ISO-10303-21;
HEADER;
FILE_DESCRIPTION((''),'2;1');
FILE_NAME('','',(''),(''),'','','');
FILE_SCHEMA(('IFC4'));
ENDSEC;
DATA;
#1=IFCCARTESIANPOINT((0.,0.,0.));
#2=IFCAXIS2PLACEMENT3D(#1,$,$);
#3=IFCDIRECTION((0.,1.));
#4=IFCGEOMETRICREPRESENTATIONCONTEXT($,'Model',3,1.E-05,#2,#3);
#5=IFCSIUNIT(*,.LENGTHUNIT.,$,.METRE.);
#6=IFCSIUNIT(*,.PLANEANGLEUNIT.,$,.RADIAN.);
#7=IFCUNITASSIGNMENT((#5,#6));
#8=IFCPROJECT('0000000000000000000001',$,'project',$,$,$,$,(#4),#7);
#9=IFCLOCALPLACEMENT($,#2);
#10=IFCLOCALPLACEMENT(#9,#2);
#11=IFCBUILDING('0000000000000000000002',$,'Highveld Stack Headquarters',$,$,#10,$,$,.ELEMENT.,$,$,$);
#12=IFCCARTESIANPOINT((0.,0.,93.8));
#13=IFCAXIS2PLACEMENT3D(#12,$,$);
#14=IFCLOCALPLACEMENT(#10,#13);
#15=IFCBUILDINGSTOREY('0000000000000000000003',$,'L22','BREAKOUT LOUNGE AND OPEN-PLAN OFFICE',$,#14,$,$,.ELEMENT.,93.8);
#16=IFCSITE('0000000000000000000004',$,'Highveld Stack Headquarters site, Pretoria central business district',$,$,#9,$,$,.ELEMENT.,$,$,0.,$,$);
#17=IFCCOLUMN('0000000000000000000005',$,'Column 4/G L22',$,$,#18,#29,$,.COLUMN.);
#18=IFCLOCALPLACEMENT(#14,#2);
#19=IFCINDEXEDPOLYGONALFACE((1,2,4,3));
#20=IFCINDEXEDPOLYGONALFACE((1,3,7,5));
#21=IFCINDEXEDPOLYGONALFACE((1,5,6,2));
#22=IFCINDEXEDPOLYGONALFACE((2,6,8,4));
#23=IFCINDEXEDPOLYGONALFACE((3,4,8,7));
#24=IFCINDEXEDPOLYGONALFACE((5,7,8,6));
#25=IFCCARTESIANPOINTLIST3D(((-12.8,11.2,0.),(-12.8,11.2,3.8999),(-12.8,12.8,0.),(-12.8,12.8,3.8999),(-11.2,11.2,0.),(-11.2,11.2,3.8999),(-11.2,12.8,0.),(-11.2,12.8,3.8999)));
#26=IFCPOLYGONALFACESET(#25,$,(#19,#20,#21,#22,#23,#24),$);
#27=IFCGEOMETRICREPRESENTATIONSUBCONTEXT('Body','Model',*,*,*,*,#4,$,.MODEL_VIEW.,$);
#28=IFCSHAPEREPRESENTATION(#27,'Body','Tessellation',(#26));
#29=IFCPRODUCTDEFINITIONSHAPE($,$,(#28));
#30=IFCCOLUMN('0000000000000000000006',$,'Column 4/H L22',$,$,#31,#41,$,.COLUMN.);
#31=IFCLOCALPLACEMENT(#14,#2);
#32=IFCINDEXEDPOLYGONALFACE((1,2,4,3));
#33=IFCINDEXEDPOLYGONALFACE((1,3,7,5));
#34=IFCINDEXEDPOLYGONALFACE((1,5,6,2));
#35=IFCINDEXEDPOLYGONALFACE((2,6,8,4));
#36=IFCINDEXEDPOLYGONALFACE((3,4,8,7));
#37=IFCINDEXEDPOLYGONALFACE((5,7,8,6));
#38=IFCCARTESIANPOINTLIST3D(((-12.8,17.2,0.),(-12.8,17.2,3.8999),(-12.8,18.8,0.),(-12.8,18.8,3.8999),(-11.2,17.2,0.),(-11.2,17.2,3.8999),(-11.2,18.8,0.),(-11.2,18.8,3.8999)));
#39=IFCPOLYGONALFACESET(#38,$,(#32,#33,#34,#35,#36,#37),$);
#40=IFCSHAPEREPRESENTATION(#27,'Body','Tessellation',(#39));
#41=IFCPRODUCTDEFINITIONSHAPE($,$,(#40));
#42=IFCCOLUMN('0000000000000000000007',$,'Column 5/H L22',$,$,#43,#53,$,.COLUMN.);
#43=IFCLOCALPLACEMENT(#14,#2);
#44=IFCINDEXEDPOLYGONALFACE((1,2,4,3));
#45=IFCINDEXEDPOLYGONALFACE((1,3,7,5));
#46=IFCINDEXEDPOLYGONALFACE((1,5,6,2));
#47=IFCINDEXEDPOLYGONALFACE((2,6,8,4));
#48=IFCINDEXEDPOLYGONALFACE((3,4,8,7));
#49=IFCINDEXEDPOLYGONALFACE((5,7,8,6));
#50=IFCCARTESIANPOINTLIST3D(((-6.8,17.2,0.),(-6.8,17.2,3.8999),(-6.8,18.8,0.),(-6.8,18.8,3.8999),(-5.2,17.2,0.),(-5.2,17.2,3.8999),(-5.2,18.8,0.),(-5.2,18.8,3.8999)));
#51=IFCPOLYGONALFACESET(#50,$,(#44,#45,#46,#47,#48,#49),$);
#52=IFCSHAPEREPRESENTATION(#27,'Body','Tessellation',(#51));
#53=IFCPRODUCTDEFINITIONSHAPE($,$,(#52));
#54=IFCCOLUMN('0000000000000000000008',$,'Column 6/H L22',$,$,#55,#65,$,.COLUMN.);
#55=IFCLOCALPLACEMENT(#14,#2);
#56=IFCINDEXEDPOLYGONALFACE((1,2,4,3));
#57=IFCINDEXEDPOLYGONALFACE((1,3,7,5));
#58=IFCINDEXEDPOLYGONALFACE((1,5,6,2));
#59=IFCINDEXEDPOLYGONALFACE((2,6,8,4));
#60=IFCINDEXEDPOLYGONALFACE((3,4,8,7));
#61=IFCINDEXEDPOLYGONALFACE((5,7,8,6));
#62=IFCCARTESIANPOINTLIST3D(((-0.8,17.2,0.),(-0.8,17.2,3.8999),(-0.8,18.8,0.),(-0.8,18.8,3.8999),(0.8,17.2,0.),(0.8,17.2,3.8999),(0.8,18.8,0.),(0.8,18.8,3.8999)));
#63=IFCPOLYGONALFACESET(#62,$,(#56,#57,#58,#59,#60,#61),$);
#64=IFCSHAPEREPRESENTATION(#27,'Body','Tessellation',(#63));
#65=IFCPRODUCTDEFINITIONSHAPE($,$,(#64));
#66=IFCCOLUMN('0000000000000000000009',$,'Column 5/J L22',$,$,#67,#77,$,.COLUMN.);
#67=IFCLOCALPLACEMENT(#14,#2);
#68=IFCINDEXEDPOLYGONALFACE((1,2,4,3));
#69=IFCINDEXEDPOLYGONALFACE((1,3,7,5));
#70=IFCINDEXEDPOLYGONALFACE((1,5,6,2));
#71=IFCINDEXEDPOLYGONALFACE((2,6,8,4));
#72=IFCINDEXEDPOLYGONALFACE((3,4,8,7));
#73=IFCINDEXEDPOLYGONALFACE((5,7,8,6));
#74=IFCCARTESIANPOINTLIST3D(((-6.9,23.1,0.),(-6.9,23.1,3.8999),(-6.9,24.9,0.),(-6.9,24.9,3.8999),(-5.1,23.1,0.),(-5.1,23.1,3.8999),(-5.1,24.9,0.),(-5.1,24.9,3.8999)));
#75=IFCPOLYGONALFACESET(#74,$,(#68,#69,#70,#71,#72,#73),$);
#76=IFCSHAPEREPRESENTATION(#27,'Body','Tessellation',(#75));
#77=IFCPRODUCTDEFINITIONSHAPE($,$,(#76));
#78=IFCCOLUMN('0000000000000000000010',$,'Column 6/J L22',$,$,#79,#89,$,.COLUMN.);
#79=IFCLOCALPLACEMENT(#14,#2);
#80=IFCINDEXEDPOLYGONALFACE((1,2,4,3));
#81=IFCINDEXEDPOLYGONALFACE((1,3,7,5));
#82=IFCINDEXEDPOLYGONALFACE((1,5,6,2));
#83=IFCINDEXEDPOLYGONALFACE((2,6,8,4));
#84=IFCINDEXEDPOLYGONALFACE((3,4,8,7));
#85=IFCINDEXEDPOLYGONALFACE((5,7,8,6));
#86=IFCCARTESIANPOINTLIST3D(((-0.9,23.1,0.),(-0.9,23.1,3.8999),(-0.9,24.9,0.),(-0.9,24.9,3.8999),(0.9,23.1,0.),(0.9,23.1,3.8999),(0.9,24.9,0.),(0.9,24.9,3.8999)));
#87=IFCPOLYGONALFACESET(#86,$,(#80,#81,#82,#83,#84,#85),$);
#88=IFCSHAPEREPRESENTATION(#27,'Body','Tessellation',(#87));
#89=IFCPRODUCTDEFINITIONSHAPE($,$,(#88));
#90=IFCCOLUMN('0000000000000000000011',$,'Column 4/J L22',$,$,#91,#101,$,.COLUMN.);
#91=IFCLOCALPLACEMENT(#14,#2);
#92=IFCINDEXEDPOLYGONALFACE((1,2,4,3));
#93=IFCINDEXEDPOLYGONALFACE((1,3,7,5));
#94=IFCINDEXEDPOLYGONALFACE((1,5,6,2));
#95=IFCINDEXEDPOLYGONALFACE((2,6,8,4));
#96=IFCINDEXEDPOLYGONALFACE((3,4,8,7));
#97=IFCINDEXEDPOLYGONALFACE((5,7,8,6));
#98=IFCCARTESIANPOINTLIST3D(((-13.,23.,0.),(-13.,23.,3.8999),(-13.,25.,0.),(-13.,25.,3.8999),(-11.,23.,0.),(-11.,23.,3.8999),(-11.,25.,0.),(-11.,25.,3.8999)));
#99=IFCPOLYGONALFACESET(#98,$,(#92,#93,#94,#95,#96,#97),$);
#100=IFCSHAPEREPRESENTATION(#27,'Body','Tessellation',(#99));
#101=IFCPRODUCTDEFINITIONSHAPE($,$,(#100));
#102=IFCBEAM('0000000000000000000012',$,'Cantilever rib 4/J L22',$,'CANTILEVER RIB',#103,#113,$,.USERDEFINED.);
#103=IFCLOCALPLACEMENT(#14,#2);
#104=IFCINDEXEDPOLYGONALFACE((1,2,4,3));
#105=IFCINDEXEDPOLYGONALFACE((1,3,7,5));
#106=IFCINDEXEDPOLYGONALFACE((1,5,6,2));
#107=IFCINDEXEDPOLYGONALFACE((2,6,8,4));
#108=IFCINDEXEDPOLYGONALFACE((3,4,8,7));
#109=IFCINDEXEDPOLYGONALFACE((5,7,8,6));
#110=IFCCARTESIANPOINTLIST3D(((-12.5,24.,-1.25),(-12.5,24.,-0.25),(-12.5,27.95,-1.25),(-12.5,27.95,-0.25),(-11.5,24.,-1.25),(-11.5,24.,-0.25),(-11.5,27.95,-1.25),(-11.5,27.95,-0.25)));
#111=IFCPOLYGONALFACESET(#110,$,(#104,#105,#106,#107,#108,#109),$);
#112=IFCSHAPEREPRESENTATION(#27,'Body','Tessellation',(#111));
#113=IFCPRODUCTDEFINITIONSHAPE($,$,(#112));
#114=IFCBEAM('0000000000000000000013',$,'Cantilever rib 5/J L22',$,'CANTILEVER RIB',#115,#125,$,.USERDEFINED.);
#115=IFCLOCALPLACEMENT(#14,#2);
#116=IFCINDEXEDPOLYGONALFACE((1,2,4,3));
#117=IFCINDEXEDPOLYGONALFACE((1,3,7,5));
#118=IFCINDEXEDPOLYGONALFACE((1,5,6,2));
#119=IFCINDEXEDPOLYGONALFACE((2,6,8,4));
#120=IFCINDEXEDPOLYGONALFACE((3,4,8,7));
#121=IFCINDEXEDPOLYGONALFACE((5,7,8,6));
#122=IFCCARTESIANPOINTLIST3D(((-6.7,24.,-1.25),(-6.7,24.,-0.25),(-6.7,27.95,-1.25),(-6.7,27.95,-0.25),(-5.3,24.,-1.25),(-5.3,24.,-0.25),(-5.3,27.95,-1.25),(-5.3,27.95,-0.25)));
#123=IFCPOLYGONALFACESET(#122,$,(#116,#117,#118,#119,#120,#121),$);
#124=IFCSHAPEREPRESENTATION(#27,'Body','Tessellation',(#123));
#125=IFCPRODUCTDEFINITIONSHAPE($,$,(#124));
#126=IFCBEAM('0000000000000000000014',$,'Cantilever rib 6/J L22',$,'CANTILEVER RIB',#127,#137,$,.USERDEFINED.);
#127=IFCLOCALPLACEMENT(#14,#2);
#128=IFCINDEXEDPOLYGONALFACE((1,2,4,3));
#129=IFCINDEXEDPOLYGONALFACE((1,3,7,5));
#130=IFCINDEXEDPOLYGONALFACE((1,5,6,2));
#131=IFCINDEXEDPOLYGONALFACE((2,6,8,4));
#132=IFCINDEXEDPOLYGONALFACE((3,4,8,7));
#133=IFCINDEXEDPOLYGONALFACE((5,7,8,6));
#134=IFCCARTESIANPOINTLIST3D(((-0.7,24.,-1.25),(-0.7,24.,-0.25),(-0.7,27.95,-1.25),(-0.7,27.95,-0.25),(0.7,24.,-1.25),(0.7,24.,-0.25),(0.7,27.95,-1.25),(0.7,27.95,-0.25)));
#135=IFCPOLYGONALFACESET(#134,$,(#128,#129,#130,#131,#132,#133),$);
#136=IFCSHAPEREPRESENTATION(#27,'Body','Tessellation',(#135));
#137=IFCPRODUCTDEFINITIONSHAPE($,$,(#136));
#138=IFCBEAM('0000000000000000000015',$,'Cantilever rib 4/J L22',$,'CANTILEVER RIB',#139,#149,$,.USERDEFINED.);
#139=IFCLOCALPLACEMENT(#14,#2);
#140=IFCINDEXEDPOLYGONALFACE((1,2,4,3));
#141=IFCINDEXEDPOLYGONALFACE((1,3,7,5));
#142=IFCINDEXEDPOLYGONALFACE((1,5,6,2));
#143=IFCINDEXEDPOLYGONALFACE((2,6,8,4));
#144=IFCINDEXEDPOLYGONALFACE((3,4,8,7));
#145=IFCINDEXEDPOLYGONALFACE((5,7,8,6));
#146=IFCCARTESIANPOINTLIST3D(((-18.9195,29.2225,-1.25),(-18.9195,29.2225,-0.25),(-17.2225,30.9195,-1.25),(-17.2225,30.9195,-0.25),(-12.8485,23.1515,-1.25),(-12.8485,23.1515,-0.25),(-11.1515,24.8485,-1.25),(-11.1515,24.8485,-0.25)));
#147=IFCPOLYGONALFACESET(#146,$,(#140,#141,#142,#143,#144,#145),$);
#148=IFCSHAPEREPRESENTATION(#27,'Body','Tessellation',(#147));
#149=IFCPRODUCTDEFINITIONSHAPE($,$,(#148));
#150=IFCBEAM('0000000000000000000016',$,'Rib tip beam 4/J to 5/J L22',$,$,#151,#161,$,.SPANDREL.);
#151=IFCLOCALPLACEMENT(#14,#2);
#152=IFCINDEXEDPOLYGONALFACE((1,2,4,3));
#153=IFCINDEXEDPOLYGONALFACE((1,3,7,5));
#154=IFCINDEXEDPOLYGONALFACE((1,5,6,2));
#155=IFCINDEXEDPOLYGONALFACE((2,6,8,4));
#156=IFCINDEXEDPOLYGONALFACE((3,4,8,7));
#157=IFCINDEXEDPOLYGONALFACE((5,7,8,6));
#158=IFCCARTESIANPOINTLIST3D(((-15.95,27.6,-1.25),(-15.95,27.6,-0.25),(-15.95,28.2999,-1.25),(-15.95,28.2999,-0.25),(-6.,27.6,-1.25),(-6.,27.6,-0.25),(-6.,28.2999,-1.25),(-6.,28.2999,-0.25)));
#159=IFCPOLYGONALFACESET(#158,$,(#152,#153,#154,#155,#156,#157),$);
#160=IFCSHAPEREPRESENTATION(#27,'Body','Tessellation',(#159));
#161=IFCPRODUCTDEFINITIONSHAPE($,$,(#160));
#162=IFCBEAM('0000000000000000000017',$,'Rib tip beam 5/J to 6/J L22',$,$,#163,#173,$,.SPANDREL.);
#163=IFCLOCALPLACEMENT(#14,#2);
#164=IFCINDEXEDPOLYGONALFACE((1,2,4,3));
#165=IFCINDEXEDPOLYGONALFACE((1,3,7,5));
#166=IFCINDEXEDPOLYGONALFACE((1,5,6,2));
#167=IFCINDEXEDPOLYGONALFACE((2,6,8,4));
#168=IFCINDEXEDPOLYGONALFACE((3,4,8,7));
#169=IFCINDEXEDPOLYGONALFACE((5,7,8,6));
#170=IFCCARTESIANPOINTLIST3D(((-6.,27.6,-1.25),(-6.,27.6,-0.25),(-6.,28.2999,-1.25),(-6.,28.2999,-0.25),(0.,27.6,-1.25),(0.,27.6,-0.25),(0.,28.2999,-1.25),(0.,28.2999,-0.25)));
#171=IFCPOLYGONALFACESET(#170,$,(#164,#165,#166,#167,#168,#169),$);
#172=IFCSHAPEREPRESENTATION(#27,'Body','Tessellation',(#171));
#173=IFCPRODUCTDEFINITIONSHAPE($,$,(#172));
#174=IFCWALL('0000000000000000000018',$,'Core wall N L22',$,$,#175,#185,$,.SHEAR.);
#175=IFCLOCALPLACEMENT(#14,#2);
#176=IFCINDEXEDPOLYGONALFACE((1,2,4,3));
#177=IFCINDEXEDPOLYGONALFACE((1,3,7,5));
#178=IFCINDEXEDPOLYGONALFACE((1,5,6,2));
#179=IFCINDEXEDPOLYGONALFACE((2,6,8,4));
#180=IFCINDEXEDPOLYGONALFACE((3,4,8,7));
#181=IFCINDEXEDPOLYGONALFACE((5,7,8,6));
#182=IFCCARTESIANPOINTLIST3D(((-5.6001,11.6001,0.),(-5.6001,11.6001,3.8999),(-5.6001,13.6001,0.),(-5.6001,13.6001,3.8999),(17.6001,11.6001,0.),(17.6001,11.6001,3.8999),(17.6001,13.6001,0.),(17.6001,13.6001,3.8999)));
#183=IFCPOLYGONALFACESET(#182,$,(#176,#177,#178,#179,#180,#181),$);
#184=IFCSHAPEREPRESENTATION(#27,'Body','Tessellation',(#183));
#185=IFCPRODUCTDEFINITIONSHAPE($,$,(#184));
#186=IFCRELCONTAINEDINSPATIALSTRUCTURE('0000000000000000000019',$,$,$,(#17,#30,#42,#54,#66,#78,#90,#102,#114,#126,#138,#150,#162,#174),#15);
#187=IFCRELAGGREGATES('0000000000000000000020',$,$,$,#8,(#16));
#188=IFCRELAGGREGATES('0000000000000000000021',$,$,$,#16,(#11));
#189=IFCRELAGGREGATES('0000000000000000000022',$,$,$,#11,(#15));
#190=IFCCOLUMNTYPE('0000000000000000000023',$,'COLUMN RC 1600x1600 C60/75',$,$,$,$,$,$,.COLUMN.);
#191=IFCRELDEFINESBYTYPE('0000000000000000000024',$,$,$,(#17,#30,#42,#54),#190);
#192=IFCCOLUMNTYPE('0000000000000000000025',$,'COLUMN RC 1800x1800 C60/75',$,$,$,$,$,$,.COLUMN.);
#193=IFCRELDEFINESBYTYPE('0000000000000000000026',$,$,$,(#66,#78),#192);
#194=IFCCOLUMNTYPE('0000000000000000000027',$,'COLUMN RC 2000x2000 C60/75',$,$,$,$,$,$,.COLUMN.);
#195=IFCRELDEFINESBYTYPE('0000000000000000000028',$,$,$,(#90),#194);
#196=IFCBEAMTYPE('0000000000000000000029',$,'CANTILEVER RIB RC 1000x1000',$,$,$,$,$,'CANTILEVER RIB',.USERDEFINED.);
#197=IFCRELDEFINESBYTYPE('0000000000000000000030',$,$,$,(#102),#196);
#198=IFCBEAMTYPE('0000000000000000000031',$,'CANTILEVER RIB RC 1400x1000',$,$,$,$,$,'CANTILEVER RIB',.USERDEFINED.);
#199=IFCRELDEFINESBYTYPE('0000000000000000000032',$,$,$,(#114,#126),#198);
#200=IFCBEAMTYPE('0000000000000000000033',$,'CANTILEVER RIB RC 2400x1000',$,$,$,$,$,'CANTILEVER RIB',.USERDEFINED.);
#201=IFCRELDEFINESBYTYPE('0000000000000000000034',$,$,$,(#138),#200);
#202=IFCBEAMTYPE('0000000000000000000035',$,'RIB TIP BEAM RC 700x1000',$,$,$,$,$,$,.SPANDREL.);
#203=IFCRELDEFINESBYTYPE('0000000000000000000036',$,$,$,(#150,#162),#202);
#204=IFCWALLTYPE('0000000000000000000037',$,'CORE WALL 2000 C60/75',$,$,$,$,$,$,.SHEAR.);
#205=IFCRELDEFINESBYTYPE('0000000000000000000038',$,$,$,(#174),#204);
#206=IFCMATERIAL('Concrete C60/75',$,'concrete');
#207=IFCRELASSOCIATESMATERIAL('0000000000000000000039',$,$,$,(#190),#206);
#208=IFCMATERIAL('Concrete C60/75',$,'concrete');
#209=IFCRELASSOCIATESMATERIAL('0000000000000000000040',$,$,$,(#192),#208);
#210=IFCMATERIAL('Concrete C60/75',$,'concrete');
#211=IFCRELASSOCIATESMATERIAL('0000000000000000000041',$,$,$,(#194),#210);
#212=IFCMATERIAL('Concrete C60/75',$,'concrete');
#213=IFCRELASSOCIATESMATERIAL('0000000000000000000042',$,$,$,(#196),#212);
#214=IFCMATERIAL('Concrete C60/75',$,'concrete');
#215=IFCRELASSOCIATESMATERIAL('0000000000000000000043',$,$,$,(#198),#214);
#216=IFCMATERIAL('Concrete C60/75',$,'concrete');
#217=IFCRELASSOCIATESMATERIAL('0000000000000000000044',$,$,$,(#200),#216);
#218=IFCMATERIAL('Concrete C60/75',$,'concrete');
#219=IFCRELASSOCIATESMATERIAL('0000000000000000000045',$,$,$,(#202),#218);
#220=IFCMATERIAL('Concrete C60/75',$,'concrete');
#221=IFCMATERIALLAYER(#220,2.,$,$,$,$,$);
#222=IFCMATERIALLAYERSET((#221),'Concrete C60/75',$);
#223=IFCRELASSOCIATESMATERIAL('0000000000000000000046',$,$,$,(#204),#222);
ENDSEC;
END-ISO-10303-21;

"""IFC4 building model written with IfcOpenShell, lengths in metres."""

from ifc_helpers import new_model, si_unit, direction, frame, frame_2d, origin, origin_2d, place, context, subcontext, project, spatial, rectangle, extrude, material, layer, layer_set, material_profile, profile_set, type_object, element, save


model = new_model("IFC4")

# Units and contexts
model_context = context("Model", 3, precision=1e-05, world=origin(), true_north=direction((0.0, 1.0)))
body_context = subcontext(model_context, "Body", "Model", "MODEL_VIEW")
ifc_project = project(units=[si_unit("LENGTHUNIT", "METRE"), si_unit("PLANEANGLEUNIT", "RADIAN")], contexts=[model_context])

# Site, building, storey
site_placement = place(None, origin())
site = spatial("IfcSite", under=ifc_project, at=site_placement, Name="Highveld Stack Headquarters site, Pretoria central business district", CompositionType="ELEMENT", RefElevation=0.0)
building_placement = place(site_placement, origin())
building = spatial("IfcBuilding", under=site, at=building_placement, Name="Highveld Stack Headquarters", CompositionType="ELEMENT")
storey_placement = place(building_placement, frame((0.0, 0.0, 93.8)))
storey = spatial("IfcBuildingStorey", under=building, at=storey_placement, Name="L22", Description="BREAKOUT LOUNGE AND OPEN-PLAN OFFICE", CompositionType="ELEMENT", Elevation=93.8)

# Columns
ifc_material_1 = material(Name="Concrete C60/75", Category="concrete")
ifc_material_profile_1 = material_profile(ifc_material_1, rectangle(XDim=1.6001, YDim=1.6001, at=origin_2d()), Name="RC 1600x1600")
ifc_profile_set_1 = profile_set([ifc_material_profile_1], Name="Concrete C60/75")
column_type_1 = type_object("IfcColumnType", Name="COLUMN RC 1600x1600 C60/75", PredefinedType="COLUMN", material=ifc_profile_set_1)
for number, where, z_axis, x_axis, name in (
    (1, (-12.0, 12.0, 0.0), (0.0, 0.0, 1.0), (1.0, 0.0, 0.0), "Column 4/G L22"),
    (2, (-12.0, 18.0, 0.0), (0.0, 0.0, 1.0), (1.0, 0.0, 0.0), "Column 4/H L22"),
    (3, (-6.0, 18.0, 0.0), (0.0, 0.0, 1.0), (1.0, 0.0, 0.0), "Column 5/H L22"),
    (4, (0.0, 18.0, 0.0), (0.0, 0.0, 1.0), (1.0, 0.0, 0.0), "Column 6/H L22"),
):
    element("IfcColumn", number, at=place(storey_placement, frame(where, z_axis=z_axis, x_axis=x_axis)), inside=storey, type_object=column_type_1, Name=name, PredefinedType="COLUMN", context=body_context, shape_type="SweptSolid", body=[
        extrude(rectangle(XDim=1.6001, YDim=1.6001, at=origin_2d()), origin(), (0.0, 0.0, 1.0), 3.8999),
    ])
ifc_material_2 = material(Name="Concrete C60/75", Category="concrete")
ifc_material_profile_2 = material_profile(ifc_material_2, rectangle(XDim=1.8, YDim=1.8, at=origin_2d()), Name="RC 1800x1800")
ifc_profile_set_2 = profile_set([ifc_material_profile_2], Name="Concrete C60/75")
column_type_2 = type_object("IfcColumnType", Name="COLUMN RC 1800x1800 C60/75", PredefinedType="COLUMN", material=ifc_profile_set_2)
for number, where, z_axis, x_axis, name in (
    (5, (-6.0, 24.0, 0.0), (0.0, 0.0, 1.0), (1.0, 0.0, 0.0), "Column 5/J L22"),
    (6, (0.0, 24.0, 0.0), (0.0, 0.0, 1.0), (1.0, 0.0, 0.0), "Column 6/J L22"),
):
    element("IfcColumn", number, at=place(storey_placement, frame(where, z_axis=z_axis, x_axis=x_axis)), inside=storey, type_object=column_type_2, Name=name, PredefinedType="COLUMN", context=body_context, shape_type="SweptSolid", body=[
        extrude(rectangle(XDim=1.8, YDim=1.8, at=origin_2d()), origin(), (0.0, 0.0, 1.0), 3.8999),
    ])
ifc_material_3 = material(Name="Concrete C60/75", Category="concrete")
ifc_material_profile_3 = material_profile(ifc_material_3, rectangle(XDim=2.0, YDim=2.0, at=origin_2d()), Name="RC 2000x2000")
ifc_profile_set_3 = profile_set([ifc_material_profile_3], Name="Concrete C60/75")
column_type_3 = type_object("IfcColumnType", Name="COLUMN RC 2000x2000 C60/75", PredefinedType="COLUMN", material=ifc_profile_set_3)
column_placement = place(storey_placement, frame((-12.0, 24.0, 0.0), z_axis=(0.0, 0.0, 1.0), x_axis=(1.0, 0.0, 0.0)))
element("IfcColumn", 7, at=column_placement, inside=storey, type_object=column_type_3, Name="Column 4/J L22", PredefinedType="COLUMN", context=body_context, shape_type="SweptSolid", body=[
    extrude(rectangle(XDim=2.0, YDim=2.0, at=origin_2d()), origin(), (0.0, 0.0, 1.0), 3.8999),
])

# Beams
ifc_material_4 = material(Name="Concrete C60/75", Category="concrete")
ifc_material_profile_4 = material_profile(ifc_material_4, rectangle(XDim=1.0, YDim=1.0, at=origin_2d()), Name="RC 1000x1000")
ifc_profile_set_4 = profile_set([ifc_material_profile_4], Name="Concrete C60/75")
beam_type_1 = type_object("IfcBeamType", Name="CANTILEVER RIB RC 1000x1000", ElementType="CANTILEVER RIB", PredefinedType="USERDEFINED", material=ifc_profile_set_4)
beam_1_placement = place(storey_placement, frame((-12.0, 24.0, -0.75), z_axis=(0.0, 1.0, 0.0), x_axis=(-1.0, 0.0, 0.0)))
element("IfcBeam", 8, at=beam_1_placement, inside=storey, type_object=beam_type_1, Name="Cantilever rib 4/J L22", ObjectType="CANTILEVER RIB", PredefinedType="USERDEFINED", context=body_context, shape_type="SweptSolid", body=[
    extrude(rectangle(XDim=1.0, YDim=1.0, at=origin_2d()), origin(), (0.0, 0.0, 1.0), 3.95),
])
ifc_material_5 = material(Name="Concrete C60/75", Category="concrete")
ifc_material_profile_5 = material_profile(ifc_material_5, rectangle(XDim=1.3999, YDim=1.0, at=origin_2d()), Name="RC 1400x1000")
ifc_profile_set_5 = profile_set([ifc_material_profile_5], Name="Concrete C60/75")
beam_type_2 = type_object("IfcBeamType", Name="CANTILEVER RIB RC 1400x1000", ElementType="CANTILEVER RIB", PredefinedType="USERDEFINED", material=ifc_profile_set_5)
for number, where, z_axis, x_axis, name in (
    (9, (-6.0, 24.0, -0.75), (0.0, 1.0, 0.0), (-1.0, 0.0, 0.0), "Cantilever rib 5/J L22"),
    (10, (0.0, 24.0, -0.75), (0.0, 1.0, 0.0), (-1.0, 0.0, 0.0), "Cantilever rib 6/J L22"),
):
    element("IfcBeam", number, at=place(storey_placement, frame(where, z_axis=z_axis, x_axis=x_axis)), inside=storey, type_object=beam_type_2, Name=name, ObjectType="CANTILEVER RIB", PredefinedType="USERDEFINED", context=body_context, shape_type="SweptSolid", body=[
        extrude(rectangle(XDim=1.3999, YDim=1.0, at=origin_2d()), origin(), (0.0, 0.0, 1.0), 3.95),
    ])
ifc_material_6 = material(Name="Concrete C60/75", Category="concrete")
ifc_material_profile_6 = material_profile(ifc_material_6, rectangle(XDim=2.3999, YDim=1.0, at=origin_2d()), Name="RC 2400x1000")
ifc_profile_set_6 = profile_set([ifc_material_profile_6], Name="Concrete C60/75")
beam_type_3 = type_object("IfcBeamType", Name="CANTILEVER RIB RC 2400x1000", ElementType="CANTILEVER RIB", PredefinedType="USERDEFINED", material=ifc_profile_set_6)
beam_2_placement = place(storey_placement, frame((-12.0, 24.0, -0.75), z_axis=(-0.707107, 0.707107, 0.0), x_axis=(-0.707107, -0.707107, 0.0)))
element("IfcBeam", 11, at=beam_2_placement, inside=storey, type_object=beam_type_3, Name="Cantilever rib 4/J L22", ObjectType="CANTILEVER RIB", PredefinedType="USERDEFINED", context=body_context, shape_type="SweptSolid", body=[
    extrude(rectangle(XDim=2.3999, YDim=1.0, at=origin_2d()), origin(), (0.0, 0.0, 1.0), 8.5857),
])
ifc_material_7 = material(Name="Concrete C60/75", Category="concrete")
ifc_material_profile_7 = material_profile(ifc_material_7, rectangle(XDim=0.7, YDim=1.0, at=origin_2d()), Name="RC 700x1000")
ifc_profile_set_7 = profile_set([ifc_material_profile_7], Name="Concrete C60/75")
beam_type_4 = type_object("IfcBeamType", Name="RIB TIP BEAM RC 700x1000", PredefinedType="SPANDREL", material=ifc_profile_set_7)
beam_3_placement = place(storey_placement, frame((-15.95, 27.95, -0.75), z_axis=(1.0, 0.0, 0.0), x_axis=(0.0, 1.0, 0.0)))
element("IfcBeam", 12, at=beam_3_placement, inside=storey, type_object=beam_type_4, Name="Rib tip beam 4/J to 5/J L22", PredefinedType="SPANDREL", context=body_context, shape_type="SweptSolid", body=[
    extrude(rectangle(XDim=0.7, YDim=1.0, at=origin_2d()), origin(), (0.0, 0.0, 1.0), 9.95),
])
beam_4_placement = place(storey_placement, frame((-6.0, 27.95, -0.75), z_axis=(1.0, 0.0, 0.0), x_axis=(0.0, 1.0, 0.0)))
element("IfcBeam", 13, at=beam_4_placement, inside=storey, type_object=beam_type_4, Name="Rib tip beam 5/J to 6/J L22", PredefinedType="SPANDREL", context=body_context, shape_type="SweptSolid", body=[
    extrude(rectangle(XDim=0.7, YDim=1.0, at=origin_2d()), origin(), (0.0, 0.0, 1.0), 6.0),
])

# Wall
ifc_material_8 = material(Name="Concrete C60/75", Category="concrete")
ifc_layer_1 = layer(ifc_material_8, 2.0)
ifc_layer_set_1 = layer_set([ifc_layer_1], Name="Concrete C60/75")
wall_type_1 = type_object("IfcWallType", Name="CORE WALL 2000 C60/75", PredefinedType="SHEAR", material=ifc_layer_set_1)
wall_1_placement = place(storey_placement, frame((-5.6001, 12.6001, 0.0), z_axis=(0.0, 0.0, 1.0), x_axis=(1.0, 0.0, 0.0)))
element("IfcWall", 14, at=wall_1_placement, inside=storey, type_object=wall_type_1, Name="Core wall N L22", PredefinedType="SHEAR", context=body_context, shape_type="SweptSolid", body=[
    extrude(rectangle(XDim=23.2002, YDim=2.0, at=frame_2d((11.6001, 0.0))), origin(), (0.0, 0.0, 1.0), 3.8999),
])

save(model, "model.ifc")
